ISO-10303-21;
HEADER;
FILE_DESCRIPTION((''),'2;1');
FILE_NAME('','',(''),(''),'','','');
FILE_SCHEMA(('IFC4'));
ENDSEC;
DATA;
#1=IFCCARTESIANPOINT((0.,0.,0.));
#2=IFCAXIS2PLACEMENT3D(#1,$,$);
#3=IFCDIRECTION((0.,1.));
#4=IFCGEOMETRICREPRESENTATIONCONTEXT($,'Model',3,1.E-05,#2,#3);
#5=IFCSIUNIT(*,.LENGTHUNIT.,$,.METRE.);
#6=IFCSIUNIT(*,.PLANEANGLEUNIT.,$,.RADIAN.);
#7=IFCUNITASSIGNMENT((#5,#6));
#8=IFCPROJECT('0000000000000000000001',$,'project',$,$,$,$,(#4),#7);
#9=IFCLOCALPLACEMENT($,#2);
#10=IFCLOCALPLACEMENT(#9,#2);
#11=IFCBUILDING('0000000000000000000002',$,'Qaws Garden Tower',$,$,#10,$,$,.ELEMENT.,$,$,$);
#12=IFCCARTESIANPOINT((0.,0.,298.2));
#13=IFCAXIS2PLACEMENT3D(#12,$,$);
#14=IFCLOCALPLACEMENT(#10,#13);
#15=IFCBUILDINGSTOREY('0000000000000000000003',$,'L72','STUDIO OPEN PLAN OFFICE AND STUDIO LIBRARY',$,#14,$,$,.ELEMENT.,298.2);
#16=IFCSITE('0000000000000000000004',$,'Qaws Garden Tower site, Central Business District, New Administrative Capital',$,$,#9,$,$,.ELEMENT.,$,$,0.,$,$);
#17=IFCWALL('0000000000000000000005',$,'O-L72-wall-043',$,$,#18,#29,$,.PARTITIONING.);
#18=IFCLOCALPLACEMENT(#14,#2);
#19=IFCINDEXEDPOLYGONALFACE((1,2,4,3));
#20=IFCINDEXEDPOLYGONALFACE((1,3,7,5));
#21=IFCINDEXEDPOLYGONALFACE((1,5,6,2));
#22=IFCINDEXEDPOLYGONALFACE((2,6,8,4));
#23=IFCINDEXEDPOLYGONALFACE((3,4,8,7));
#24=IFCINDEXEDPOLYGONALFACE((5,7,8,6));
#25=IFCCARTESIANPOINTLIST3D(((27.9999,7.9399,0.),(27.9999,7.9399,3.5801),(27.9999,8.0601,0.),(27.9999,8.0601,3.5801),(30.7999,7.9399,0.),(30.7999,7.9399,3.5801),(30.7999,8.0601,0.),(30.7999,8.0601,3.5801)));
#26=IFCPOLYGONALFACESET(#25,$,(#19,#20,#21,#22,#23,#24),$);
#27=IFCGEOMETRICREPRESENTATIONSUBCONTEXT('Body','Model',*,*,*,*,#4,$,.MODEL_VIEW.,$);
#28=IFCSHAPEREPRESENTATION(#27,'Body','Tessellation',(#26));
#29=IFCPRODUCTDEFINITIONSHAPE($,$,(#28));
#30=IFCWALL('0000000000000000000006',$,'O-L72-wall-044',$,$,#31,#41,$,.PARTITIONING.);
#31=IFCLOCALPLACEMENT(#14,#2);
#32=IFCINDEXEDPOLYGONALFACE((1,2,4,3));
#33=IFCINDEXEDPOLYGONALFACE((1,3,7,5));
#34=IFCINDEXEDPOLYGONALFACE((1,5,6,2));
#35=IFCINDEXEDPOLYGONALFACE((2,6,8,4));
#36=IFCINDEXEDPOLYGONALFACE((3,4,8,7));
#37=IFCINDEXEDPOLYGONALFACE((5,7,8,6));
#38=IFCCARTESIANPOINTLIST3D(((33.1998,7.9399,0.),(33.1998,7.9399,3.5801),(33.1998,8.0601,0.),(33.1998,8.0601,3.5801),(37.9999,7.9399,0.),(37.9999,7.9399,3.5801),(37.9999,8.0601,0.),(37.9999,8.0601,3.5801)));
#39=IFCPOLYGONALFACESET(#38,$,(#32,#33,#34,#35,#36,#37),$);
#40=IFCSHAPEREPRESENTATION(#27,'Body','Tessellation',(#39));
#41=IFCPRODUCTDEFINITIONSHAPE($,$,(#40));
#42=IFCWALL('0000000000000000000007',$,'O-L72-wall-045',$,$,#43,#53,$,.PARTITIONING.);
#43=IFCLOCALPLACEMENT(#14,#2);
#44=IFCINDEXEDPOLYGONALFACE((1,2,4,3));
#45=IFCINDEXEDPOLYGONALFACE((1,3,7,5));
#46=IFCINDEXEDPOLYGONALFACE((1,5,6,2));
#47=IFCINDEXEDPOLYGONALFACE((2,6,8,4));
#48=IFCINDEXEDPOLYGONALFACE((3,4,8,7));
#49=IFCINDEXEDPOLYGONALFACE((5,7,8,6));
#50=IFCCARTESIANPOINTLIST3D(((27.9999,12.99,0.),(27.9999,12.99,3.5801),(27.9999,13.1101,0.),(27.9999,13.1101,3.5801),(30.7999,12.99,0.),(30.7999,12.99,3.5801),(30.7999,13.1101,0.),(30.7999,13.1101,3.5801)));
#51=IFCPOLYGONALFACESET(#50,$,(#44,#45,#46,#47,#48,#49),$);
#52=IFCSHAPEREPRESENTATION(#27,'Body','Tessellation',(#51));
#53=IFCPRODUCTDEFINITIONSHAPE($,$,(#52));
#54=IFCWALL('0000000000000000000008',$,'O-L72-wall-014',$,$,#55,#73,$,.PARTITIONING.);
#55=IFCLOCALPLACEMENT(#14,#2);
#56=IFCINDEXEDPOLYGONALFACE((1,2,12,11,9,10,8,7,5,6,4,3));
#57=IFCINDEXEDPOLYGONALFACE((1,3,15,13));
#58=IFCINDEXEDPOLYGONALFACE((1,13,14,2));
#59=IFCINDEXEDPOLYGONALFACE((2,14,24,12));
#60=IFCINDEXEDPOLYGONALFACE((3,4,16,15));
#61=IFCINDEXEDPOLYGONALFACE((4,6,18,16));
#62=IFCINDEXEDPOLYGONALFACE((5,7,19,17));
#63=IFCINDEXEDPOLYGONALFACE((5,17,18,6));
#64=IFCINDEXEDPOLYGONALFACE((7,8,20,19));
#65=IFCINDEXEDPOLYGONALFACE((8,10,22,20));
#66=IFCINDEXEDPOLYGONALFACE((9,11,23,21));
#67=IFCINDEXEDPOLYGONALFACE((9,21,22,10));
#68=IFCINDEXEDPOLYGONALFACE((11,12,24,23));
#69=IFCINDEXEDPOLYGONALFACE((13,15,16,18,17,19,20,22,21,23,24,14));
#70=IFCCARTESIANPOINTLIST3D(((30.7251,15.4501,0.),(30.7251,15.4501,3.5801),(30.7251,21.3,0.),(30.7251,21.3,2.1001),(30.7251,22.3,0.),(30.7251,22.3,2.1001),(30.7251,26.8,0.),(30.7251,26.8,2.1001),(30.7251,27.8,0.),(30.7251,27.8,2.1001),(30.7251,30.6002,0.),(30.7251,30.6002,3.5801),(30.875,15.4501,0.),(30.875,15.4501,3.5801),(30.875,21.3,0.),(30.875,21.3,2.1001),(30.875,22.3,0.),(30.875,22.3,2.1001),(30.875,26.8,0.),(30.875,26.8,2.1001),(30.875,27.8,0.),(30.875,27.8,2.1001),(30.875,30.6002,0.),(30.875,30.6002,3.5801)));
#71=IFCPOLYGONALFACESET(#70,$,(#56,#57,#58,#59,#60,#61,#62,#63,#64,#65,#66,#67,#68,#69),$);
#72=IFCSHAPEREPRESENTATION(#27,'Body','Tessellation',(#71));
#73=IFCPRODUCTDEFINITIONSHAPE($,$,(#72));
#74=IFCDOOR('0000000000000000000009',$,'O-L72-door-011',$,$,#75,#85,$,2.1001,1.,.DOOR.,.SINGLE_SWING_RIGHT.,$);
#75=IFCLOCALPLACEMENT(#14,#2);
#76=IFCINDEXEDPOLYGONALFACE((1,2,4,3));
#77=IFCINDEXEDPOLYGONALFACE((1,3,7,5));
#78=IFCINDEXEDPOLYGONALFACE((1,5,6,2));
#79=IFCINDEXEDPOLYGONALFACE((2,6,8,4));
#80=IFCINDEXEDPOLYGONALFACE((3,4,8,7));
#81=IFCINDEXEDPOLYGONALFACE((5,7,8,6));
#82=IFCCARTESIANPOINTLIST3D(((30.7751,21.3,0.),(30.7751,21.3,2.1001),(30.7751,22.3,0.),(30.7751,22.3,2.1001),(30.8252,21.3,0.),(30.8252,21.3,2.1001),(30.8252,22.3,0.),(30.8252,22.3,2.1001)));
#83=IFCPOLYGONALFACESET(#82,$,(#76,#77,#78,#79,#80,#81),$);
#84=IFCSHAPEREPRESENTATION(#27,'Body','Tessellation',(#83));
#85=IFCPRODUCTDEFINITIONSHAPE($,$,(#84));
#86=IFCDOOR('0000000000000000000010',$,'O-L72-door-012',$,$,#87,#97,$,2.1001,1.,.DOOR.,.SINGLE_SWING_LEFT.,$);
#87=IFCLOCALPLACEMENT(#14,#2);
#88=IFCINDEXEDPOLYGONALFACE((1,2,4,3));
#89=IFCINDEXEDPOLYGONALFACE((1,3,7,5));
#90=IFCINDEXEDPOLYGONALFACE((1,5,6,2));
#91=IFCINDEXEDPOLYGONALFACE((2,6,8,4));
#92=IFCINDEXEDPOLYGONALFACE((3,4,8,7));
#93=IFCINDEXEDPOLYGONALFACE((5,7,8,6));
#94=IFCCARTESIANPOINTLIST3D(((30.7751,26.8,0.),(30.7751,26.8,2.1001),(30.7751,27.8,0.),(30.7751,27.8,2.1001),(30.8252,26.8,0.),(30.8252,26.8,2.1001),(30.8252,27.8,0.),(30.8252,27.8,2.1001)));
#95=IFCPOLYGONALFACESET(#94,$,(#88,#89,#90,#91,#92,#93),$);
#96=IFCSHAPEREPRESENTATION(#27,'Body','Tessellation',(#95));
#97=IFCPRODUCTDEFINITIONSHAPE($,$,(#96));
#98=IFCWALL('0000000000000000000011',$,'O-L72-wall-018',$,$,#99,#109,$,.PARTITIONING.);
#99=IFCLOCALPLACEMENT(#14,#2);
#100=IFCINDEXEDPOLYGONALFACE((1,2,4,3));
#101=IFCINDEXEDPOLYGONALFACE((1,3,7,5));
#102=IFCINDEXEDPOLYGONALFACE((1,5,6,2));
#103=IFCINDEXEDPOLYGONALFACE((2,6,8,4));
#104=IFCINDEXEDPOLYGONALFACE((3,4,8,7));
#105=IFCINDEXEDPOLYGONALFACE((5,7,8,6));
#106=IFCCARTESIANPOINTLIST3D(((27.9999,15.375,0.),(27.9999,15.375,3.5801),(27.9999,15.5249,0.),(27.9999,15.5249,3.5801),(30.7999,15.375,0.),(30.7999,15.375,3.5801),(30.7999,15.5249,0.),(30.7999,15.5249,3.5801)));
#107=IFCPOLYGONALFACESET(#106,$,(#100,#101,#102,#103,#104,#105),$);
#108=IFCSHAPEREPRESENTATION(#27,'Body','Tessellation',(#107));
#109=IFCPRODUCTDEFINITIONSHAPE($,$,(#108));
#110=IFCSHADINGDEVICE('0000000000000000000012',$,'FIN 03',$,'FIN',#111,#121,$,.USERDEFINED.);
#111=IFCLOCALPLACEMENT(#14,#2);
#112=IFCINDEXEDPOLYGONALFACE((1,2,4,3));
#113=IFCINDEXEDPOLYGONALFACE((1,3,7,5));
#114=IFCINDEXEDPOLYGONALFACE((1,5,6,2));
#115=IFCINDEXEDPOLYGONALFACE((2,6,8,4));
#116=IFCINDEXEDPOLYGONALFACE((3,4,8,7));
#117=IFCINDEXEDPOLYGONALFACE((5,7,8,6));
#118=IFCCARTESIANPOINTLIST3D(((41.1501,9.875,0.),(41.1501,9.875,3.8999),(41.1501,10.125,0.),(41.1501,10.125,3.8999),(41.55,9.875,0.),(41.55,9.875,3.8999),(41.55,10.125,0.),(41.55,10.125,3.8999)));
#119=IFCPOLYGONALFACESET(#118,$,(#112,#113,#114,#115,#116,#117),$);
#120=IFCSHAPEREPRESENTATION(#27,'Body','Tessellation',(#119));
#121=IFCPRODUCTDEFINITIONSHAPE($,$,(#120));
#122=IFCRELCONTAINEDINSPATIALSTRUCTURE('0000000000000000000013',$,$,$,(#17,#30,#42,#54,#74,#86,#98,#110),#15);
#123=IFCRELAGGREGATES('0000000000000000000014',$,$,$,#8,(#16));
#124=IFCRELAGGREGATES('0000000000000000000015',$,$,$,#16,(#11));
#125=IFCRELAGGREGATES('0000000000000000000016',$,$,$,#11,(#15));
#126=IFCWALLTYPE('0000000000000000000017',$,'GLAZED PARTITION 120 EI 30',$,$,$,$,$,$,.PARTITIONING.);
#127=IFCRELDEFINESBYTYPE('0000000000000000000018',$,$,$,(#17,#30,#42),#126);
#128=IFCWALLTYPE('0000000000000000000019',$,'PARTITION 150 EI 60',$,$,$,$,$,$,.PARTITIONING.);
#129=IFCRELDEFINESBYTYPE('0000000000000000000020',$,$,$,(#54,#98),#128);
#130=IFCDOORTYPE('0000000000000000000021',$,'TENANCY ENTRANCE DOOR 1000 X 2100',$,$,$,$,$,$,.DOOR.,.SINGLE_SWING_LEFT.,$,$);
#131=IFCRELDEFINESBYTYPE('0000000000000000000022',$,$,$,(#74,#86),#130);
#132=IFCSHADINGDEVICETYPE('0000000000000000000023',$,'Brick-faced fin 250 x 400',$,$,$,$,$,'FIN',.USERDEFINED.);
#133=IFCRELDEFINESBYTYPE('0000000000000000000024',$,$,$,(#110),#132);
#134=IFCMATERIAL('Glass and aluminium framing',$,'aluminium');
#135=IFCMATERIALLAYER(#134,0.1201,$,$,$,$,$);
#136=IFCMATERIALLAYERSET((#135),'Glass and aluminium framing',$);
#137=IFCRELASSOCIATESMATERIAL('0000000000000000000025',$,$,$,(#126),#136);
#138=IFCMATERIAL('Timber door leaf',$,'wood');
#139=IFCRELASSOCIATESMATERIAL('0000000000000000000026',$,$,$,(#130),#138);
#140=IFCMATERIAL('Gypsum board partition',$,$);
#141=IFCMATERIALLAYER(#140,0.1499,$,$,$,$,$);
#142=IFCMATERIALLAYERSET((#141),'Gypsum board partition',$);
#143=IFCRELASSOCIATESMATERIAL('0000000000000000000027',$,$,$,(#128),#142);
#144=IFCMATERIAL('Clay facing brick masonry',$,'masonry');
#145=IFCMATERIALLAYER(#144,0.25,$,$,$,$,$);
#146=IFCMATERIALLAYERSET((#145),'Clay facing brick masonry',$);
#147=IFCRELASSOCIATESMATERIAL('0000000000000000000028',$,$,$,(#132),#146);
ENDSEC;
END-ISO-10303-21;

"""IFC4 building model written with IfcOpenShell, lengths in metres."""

from ifc_helpers import new_model, si_unit, direction, frame, frame_2d, origin, origin_2d, place, context, subcontext, project, spatial, rectangle, extrude, material, layer, layer_set, type_object, element, fill, save


model = new_model("IFC4")

# Units and contexts
model_context = context("Model", 3, precision=1e-05, world=origin(), true_north=direction((0.0, 1.0)))
body_context = subcontext(model_context, "Body", "Model", "MODEL_VIEW")
ifc_project = project(units=[si_unit("LENGTHUNIT", "METRE"), si_unit("PLANEANGLEUNIT", "RADIAN")], contexts=[model_context])

# Site, building, storey
site_placement = place(None, origin())
site = spatial("IfcSite", under=ifc_project, at=site_placement, Name="Qaws Garden Tower site, Central Business District, New Administrative Capital", CompositionType="ELEMENT", RefElevation=0.0)
building_placement = place(site_placement, origin())
building = spatial("IfcBuilding", under=site, at=building_placement, Name="Qaws Garden Tower", CompositionType="ELEMENT")
storey_placement = place(building_placement, frame((0.0, 0.0, 298.2)))
storey = spatial("IfcBuildingStorey", under=building, at=storey_placement, Name="L72", Description="STUDIO OPEN PLAN OFFICE AND STUDIO LIBRARY", CompositionType="ELEMENT", Elevation=298.2)

# Shared definitions
ifc_material_1 = material(Name="Glass and aluminium framing", Category="aluminium")
ifc_layer_1 = layer(ifc_material_1, 0.1201)
ifc_layer_set_1 = layer_set([ifc_layer_1], Name="Glass and aluminium framing")
wall_type_1 = type_object("IfcWallType", Name="GLAZED PARTITION 120 EI 30", PredefinedType="PARTITIONING", material=ifc_layer_set_1)
ifc_material_2 = material(Name="Timber door leaf", Category="wood")
door_type_1 = type_object("IfcDoorType", Name="TENANCY ENTRANCE DOOR 1000 X 2100", OperationType="SINGLE_SWING_LEFT", PredefinedType="DOOR", material=ifc_material_2)

# Walls
wall_1_placement = place(storey_placement, frame((28.0, 8.0, 0.0), z_axis=(0.0, 0.0, 1.0), x_axis=(1.0, 0.0, 0.0)))
element("IfcWall", 1, at=wall_1_placement, inside=storey, type_object=wall_type_1, Name="O-L72-wall-043", PredefinedType="PARTITIONING", context=body_context, shape_type="SweptSolid", body=[
    extrude(rectangle(XDim=2.8, YDim=0.1201, at=frame_2d((1.3999, 0.0))), origin(), (0.0, 0.0, 1.0), 3.5801),
])
wall_2_placement = place(storey_placement, frame((33.2, 8.0, 0.0), z_axis=(0.0, 0.0, 1.0), x_axis=(1.0, 0.0, 0.0)))
element("IfcWall", 2, at=wall_2_placement, inside=storey, type_object=wall_type_1, Name="O-L72-wall-044", PredefinedType="PARTITIONING", context=body_context, shape_type="SweptSolid", body=[
    extrude(rectangle(XDim=4.8, YDim=0.1201, at=frame_2d((2.3999, 0.0))), origin(), (0.0, 0.0, 1.0), 3.5801),
])
wall_3_placement = place(storey_placement, frame((28.0, 13.05, 0.0), z_axis=(0.0, 0.0, 1.0), x_axis=(1.0, 0.0, 0.0)))
element("IfcWall", 3, at=wall_3_placement, inside=storey, type_object=wall_type_1, Name="O-L72-wall-045", PredefinedType="PARTITIONING", context=body_context, shape_type="SweptSolid", body=[
    extrude(rectangle(XDim=2.8, YDim=0.1201, at=frame_2d((1.3999, 0.0))), origin(), (0.0, 0.0, 1.0), 3.5801),
])

# Wall, openings, doors
ifc_material_3 = material(Name="Gypsum board partition")
ifc_layer_2 = layer(ifc_material_3, 0.1499)
ifc_layer_set_2 = layer_set([ifc_layer_2], Name="Gypsum board partition")
wall_type_2 = type_object("IfcWallType", Name="PARTITION 150 EI 60", PredefinedType="PARTITIONING", material=ifc_layer_set_2)
wall_4_placement = place(storey_placement, frame((30.8, 15.45, 0.0), z_axis=(0.0, 0.0, 1.0), x_axis=(0.0, 1.0, 0.0)))
wall_4 = element("IfcWall", 4, at=wall_4_placement, inside=storey, type_object=wall_type_2, Name="O-L72-wall-014", PredefinedType="PARTITIONING", context=body_context, shape_type="SweptSolid", body=[
    extrude(rectangle(XDim=15.1501, YDim=0.1499, at=frame_2d((7.5752, 0.0))), origin(), (0.0, 0.0, 1.0), 3.5801),
])
opening_1_placement = place(wall_4_placement, frame((5.8501, 0.0, 0.0)))
opening_1 = element("IfcOpeningElement", 5, at=opening_1_placement, cuts=wall_4, PredefinedType="OPENING", context=body_context, shape_type="SweptSolid", body=[
    extrude(rectangle(XDim=1.0, YDim=2.1001, at=frame_2d((0.5, 1.05))), frame((0.0, 0.085, 0.0), z_axis=(0.0, -1.0, 0.0), x_axis=(1.0, 0.0, 0.0)), (0.0, 0.0, 1.0), 0.1699),
])
opening_2_placement = place(wall_4_placement, frame((11.3501, 0.0, 0.0)))
opening_2 = element("IfcOpeningElement", 6, at=opening_2_placement, cuts=wall_4, PredefinedType="OPENING", context=body_context, shape_type="SweptSolid", body=[
    extrude(rectangle(XDim=1.0, YDim=2.1001, at=frame_2d((0.5, 1.05))), frame((0.0, 0.085, 0.0), z_axis=(0.0, -1.0, 0.0), x_axis=(1.0, 0.0, 0.0)), (0.0, 0.0, 1.0), 0.1699),
])
door_1_placement = place(opening_1_placement, origin())
door_1 = element("IfcDoor", 7, at=door_1_placement, inside=storey, type_object=door_type_1, Name="O-L72-door-011", OperationType="SINGLE_SWING_RIGHT", OverallHeight=2.1001, OverallWidth=1.0, PredefinedType="DOOR", context=body_context, shape_type="SweptSolid", body=[
    extrude(rectangle(XDim=1.0, YDim=2.1001, at=frame_2d((0.5, 1.05))), frame((0.0, 0.0249, 0.0), z_axis=(0.0, -1.0, 0.0), x_axis=(1.0, 0.0, 0.0)), (0.0, 0.0, 1.0), 0.05),
])
fill(opening_1, door_1)
door_2_placement = place(opening_2_placement, origin())
door_2 = element("IfcDoor", 8, at=door_2_placement, inside=storey, type_object=door_type_1, Name="O-L72-door-012", OperationType="SINGLE_SWING_LEFT", OverallHeight=2.1001, OverallWidth=1.0, PredefinedType="DOOR", context=body_context, shape_type="SweptSolid", body=[
    extrude(rectangle(XDim=1.0, YDim=2.1001, at=frame_2d((0.5, 1.05))), frame((0.0, 0.0249, 0.0), z_axis=(0.0, -1.0, 0.0), x_axis=(1.0, 0.0, 0.0)), (0.0, 0.0, 1.0), 0.05),
])
fill(opening_2, door_2)

# Wall
wall_5_placement = place(storey_placement, frame((28.0, 15.45, 0.0), z_axis=(0.0, 0.0, 1.0), x_axis=(1.0, 0.0, 0.0)))
element("IfcWall", 9, at=wall_5_placement, inside=storey, type_object=wall_type_2, Name="O-L72-wall-018", PredefinedType="PARTITIONING", context=body_context, shape_type="SweptSolid", body=[
    extrude(rectangle(XDim=2.8, YDim=0.1499, at=frame_2d((1.3999, 0.0))), origin(), (0.0, 0.0, 1.0), 3.5801),
])

# Shading device
ifc_material_4 = material(Name="Clay facing brick masonry", Category="masonry")
ifc_layer_3 = layer(ifc_material_4, 0.25)
ifc_layer_set_3 = layer_set([ifc_layer_3], Name="Clay facing brick masonry")
shading_device_type = type_object("IfcShadingDeviceType", Name="Brick-faced fin 250 x 400", ElementType="FIN", PredefinedType="USERDEFINED", material=ifc_layer_set_3)
shading_device_placement = place(storey_placement, frame((41.3501, 10.0, 0.0), z_axis=(0.0, 0.0, 1.0), x_axis=(0.0, 1.0, 0.0)))
element("IfcShadingDevice", 10, at=shading_device_placement, inside=storey, type_object=shading_device_type, Name="FIN 03", ObjectType="FIN", PredefinedType="USERDEFINED", context=body_context, shape_type="SweptSolid", body=[
    extrude(rectangle(XDim=0.25, YDim=0.3999, at=origin_2d()), origin(), (0.0, 0.0, 1.0), 3.8999),
])

save(model, "model.ifc")
